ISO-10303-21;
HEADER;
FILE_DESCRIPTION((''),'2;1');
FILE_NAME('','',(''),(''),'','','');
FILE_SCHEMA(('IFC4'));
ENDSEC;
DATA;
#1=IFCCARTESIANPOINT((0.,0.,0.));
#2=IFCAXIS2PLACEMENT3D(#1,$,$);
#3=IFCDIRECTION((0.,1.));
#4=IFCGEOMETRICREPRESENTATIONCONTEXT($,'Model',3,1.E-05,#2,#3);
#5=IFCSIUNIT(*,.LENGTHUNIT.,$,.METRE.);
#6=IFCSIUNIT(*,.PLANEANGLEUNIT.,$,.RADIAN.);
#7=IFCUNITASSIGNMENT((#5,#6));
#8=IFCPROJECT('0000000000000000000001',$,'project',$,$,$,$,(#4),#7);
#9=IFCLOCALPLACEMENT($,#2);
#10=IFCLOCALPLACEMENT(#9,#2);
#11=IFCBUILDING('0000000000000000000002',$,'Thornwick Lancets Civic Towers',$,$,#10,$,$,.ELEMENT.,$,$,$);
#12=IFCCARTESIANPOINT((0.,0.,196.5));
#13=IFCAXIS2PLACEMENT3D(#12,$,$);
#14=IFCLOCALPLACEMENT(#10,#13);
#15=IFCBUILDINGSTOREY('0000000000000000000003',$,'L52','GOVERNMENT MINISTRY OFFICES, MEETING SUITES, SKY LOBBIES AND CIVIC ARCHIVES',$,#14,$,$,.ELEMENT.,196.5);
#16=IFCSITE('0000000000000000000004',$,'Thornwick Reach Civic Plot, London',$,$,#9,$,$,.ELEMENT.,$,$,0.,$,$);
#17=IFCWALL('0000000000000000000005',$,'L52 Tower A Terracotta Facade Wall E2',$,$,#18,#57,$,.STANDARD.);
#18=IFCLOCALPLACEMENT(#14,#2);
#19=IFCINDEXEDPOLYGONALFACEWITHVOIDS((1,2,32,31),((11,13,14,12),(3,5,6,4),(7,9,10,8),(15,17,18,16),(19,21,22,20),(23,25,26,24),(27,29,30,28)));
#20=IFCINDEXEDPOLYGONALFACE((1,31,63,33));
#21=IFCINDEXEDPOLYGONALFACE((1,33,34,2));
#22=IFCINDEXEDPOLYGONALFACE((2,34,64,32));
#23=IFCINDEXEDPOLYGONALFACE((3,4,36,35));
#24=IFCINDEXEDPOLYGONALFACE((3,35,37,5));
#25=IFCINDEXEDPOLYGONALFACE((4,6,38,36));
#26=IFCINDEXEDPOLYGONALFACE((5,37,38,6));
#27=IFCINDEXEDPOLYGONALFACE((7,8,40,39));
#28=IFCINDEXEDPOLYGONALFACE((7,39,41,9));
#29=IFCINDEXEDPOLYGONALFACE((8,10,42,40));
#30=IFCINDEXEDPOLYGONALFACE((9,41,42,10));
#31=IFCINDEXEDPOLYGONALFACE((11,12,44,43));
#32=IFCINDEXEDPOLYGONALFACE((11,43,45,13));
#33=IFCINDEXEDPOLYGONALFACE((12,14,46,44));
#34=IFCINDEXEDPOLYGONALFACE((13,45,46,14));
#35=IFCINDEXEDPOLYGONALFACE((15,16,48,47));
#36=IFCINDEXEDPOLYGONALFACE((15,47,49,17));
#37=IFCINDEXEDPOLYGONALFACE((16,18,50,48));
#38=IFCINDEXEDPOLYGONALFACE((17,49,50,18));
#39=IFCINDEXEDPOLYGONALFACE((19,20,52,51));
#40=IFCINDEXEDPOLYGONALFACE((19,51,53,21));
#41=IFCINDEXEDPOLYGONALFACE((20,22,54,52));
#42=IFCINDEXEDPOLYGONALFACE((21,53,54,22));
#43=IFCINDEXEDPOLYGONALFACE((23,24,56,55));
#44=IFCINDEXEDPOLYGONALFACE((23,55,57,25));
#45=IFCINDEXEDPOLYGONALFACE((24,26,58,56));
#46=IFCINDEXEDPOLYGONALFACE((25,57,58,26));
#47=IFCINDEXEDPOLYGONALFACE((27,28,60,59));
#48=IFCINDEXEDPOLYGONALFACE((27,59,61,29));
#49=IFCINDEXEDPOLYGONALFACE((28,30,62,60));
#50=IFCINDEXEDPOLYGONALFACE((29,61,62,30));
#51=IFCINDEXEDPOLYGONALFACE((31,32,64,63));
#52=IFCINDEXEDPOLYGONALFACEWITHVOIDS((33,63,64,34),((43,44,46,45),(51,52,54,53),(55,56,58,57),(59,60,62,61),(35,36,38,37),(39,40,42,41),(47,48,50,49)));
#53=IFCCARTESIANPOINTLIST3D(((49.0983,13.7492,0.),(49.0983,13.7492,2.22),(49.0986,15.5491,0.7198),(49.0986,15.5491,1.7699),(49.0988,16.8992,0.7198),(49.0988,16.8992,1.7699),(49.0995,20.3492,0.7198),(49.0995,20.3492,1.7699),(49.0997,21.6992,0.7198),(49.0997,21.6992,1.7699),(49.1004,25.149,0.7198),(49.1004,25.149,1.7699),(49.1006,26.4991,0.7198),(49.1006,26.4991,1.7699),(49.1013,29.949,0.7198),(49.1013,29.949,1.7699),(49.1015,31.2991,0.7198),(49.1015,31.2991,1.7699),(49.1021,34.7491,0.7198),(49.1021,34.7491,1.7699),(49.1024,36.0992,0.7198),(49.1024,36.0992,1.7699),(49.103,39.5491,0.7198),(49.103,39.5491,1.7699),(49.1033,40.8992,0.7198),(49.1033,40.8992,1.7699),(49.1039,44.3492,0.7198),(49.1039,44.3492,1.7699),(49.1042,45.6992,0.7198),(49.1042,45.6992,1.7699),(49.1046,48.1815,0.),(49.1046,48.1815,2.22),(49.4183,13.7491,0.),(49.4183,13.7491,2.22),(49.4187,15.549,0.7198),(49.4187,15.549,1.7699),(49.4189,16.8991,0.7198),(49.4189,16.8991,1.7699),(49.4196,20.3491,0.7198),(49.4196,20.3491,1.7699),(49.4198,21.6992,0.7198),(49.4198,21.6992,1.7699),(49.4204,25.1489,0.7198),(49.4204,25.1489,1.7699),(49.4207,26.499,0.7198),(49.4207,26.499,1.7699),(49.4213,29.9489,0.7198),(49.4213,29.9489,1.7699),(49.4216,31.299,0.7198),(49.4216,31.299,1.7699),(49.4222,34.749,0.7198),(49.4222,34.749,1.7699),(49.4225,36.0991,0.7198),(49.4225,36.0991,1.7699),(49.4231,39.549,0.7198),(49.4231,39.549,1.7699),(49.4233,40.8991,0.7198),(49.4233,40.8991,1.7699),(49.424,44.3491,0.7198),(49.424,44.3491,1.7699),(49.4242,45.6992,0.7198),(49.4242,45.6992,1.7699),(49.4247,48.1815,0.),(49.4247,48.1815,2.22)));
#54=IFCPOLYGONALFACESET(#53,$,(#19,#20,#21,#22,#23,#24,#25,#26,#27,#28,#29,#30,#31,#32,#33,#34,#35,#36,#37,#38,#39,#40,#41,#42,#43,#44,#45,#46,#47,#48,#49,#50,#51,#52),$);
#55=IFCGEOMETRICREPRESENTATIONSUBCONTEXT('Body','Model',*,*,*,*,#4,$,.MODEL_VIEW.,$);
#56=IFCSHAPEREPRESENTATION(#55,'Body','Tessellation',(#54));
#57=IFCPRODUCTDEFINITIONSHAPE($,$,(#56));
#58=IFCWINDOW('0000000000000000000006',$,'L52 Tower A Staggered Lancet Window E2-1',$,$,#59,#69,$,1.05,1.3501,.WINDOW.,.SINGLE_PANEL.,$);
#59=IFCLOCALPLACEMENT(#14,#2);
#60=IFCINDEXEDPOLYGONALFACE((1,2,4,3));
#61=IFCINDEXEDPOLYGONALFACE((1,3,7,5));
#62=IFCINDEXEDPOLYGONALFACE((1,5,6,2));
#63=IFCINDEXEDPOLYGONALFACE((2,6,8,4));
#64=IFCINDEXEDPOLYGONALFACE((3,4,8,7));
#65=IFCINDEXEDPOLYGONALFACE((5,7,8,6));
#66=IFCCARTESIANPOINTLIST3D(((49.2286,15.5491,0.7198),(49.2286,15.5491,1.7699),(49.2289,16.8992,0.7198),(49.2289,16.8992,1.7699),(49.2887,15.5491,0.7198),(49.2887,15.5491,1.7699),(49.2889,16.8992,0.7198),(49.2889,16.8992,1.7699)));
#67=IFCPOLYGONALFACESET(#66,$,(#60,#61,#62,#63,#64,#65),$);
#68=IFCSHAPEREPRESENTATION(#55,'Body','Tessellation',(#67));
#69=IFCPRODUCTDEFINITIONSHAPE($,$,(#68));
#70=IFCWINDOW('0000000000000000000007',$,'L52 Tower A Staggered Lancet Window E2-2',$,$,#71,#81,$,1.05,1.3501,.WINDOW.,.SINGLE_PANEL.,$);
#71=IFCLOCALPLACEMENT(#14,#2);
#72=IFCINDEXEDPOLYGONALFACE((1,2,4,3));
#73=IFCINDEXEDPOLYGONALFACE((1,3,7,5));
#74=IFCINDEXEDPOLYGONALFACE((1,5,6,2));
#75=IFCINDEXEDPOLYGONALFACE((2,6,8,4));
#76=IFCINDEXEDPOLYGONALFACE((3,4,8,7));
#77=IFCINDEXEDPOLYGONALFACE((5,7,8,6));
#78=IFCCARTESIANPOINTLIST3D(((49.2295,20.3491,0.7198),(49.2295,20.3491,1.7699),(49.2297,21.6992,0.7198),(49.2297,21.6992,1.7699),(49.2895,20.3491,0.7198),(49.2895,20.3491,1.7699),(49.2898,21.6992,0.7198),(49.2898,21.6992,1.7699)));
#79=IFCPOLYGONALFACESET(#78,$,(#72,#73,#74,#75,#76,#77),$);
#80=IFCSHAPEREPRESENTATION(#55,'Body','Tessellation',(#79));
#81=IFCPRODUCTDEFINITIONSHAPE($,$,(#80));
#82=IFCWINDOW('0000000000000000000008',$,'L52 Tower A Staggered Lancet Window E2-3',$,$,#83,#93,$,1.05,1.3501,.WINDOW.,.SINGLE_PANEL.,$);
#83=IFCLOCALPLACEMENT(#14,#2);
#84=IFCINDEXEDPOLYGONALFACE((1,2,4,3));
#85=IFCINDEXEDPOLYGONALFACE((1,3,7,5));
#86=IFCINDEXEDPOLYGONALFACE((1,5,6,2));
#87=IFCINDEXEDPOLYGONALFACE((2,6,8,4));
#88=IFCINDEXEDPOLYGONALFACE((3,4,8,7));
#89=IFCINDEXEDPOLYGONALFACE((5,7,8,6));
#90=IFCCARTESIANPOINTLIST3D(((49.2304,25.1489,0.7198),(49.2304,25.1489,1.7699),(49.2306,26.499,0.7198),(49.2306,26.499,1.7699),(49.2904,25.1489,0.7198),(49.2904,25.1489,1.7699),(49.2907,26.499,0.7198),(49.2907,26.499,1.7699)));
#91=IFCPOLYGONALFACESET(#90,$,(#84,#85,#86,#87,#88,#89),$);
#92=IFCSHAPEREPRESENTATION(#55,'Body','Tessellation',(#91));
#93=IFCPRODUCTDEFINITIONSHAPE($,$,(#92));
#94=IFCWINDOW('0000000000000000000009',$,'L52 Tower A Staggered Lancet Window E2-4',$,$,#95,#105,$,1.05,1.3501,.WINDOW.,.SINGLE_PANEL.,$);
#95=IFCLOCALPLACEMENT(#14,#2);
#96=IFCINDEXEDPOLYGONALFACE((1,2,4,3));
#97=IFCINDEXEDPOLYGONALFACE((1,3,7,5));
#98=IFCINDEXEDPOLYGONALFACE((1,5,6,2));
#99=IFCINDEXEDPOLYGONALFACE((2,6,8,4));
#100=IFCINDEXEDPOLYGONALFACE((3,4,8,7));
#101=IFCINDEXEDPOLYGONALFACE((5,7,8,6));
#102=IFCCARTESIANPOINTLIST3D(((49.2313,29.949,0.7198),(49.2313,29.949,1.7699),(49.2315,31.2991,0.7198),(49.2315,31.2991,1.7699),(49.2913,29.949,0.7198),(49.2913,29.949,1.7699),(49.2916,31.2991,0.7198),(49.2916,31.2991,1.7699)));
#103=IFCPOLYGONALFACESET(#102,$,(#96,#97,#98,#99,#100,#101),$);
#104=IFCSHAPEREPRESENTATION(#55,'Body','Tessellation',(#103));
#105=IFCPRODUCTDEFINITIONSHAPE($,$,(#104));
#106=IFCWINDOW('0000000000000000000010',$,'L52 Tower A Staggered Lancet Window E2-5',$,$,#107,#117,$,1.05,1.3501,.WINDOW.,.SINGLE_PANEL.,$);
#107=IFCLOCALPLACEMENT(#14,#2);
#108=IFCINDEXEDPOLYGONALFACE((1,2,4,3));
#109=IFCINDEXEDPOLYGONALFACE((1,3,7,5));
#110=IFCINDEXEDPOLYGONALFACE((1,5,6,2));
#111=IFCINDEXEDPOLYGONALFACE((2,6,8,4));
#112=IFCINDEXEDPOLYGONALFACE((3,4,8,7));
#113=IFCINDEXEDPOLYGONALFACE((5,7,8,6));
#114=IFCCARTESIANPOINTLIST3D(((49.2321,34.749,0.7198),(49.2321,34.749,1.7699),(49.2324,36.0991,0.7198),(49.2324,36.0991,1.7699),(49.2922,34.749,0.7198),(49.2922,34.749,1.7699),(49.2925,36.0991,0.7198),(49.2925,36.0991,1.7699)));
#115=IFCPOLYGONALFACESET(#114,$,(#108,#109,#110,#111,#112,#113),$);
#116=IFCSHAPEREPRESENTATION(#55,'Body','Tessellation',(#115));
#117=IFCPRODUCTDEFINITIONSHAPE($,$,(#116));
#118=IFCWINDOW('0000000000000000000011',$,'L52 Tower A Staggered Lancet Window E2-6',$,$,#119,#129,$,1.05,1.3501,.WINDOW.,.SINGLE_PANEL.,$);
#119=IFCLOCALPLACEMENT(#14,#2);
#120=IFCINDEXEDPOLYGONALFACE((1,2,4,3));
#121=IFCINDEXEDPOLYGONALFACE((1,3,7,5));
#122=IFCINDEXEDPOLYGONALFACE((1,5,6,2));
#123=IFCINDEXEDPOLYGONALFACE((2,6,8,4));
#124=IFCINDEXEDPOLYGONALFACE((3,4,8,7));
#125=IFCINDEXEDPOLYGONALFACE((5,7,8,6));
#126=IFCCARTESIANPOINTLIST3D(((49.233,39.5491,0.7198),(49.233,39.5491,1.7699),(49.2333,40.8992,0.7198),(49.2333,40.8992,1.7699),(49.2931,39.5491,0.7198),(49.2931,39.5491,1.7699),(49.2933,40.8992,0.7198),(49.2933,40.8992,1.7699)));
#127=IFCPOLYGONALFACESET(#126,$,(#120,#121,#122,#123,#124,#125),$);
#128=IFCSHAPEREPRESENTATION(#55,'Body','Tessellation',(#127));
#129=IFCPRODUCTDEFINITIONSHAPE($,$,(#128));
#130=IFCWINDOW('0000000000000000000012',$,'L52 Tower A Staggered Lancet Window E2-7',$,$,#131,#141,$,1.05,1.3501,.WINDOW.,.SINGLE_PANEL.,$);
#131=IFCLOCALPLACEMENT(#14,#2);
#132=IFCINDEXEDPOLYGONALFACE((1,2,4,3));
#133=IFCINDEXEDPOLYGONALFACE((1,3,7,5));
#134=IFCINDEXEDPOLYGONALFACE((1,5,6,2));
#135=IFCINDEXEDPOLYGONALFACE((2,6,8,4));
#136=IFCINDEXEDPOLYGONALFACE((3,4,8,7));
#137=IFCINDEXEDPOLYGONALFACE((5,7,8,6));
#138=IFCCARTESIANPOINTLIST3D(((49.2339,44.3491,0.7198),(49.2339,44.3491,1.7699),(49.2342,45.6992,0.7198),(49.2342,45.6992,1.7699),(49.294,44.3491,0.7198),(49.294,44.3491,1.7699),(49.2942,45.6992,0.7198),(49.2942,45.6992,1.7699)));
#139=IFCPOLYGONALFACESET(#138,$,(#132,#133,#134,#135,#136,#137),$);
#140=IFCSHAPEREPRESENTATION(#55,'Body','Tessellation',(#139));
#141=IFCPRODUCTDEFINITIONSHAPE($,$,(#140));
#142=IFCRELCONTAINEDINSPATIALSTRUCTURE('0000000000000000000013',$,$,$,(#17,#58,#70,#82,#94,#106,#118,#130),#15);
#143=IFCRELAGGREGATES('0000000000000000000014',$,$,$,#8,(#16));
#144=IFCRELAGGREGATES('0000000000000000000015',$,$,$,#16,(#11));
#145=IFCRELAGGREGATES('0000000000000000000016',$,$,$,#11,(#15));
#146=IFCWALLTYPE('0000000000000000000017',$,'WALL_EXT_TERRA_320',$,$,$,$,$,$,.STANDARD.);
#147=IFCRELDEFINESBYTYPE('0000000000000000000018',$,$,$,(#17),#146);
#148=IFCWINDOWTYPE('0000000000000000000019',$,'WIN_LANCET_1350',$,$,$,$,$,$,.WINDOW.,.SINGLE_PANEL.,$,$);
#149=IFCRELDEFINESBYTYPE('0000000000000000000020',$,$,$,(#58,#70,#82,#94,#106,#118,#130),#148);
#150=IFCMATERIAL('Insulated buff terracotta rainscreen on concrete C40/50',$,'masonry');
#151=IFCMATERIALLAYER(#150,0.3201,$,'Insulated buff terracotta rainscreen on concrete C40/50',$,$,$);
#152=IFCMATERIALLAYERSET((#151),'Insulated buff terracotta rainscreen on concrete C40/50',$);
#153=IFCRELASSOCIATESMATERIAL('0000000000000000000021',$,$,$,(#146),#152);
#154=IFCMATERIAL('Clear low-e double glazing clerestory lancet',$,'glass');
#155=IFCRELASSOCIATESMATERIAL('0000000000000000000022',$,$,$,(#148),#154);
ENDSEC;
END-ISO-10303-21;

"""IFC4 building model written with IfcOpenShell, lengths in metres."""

from ifc_helpers import new_model, si_unit, direction, frame, frame_2d, origin, place, context, subcontext, project, spatial, rectangle, extrude, material, layer, layer_set, type_object, element, fill, save


model = new_model("IFC4")

# Units and contexts
model_context = context("Model", 3, precision=1e-05, world=origin(), true_north=direction((0.0, 1.0)))
body_context = subcontext(model_context, "Body", "Model", "MODEL_VIEW")
ifc_project = project(units=[si_unit("LENGTHUNIT", "METRE"), si_unit("PLANEANGLEUNIT", "RADIAN")], contexts=[model_context])

# Site, building, storey
site_placement = place(None, origin())
site = spatial("IfcSite", under=ifc_project, at=site_placement, Name="Thornwick Reach Civic Plot, London", CompositionType="ELEMENT", RefElevation=0.0)
building_placement = place(site_placement, origin())
building = spatial("IfcBuilding", under=site, at=building_placement, Name="Thornwick Lancets Civic Towers", CompositionType="ELEMENT")
storey_placement = place(building_placement, frame((0.0, 0.0, 196.5)))
storey = spatial("IfcBuildingStorey", under=building, at=storey_placement, Name="L52", Description="GOVERNMENT MINISTRY OFFICES, MEETING SUITES, SKY LOBBIES AND CIVIC ARCHIVES", CompositionType="ELEMENT", Elevation=196.5)

# Wall, openings, windows
ifc_material_1 = material(Name="Insulated buff terracotta rainscreen on concrete C40/50", Category="masonry")
ifc_layer_1 = layer(ifc_material_1, 0.3201, Name="Insulated buff terracotta rainscreen on concrete C40/50")
ifc_layer_set_1 = layer_set([ifc_layer_1], Name="Insulated buff terracotta rainscreen on concrete C40/50")
wall_type_1 = type_object("IfcWallType", Name="WALL_EXT_TERRA_320", PredefinedType="STANDARD", material=ifc_layer_set_1)
wall_1_placement = place(storey_placement, frame((49.2583, 13.749, 0.0), z_axis=(0.0, 0.0, 1.0), x_axis=(0.000184, 1.0, 0.0)))
wall_1 = element("IfcWall", 1, at=wall_1_placement, inside=storey, type_object=wall_type_1, Name="L52 Tower A Terracotta Facade Wall E2", PredefinedType="STANDARD", context=body_context, shape_type="SweptSolid", body=[
    extrude(rectangle(XDim=34.4324, YDim=0.3201, at=frame_2d((17.2163, 0.0))), origin(), (0.0, 0.0, 1.0), 2.22),
])
opening_1_placement = place(wall_1_placement, frame((1.8, 0.0, 0.72)))
opening_1 = element("IfcOpeningElement", 2, at=opening_1_placement, cuts=wall_1, PredefinedType="OPENING", context=body_context, shape_type="SweptSolid", body=[
    extrude(rectangle(XDim=1.3501, YDim=1.05, at=frame_2d((0.675, 0.5249))), frame((0.0, 0.1699, 0.0), z_axis=(0.0, -1.0, 0.0), x_axis=(1.0, 0.0, 0.0)), (0.0, 0.0, 1.0), 0.3401),
])
opening_2_placement = place(wall_1_placement, frame((6.6001, 0.0, 0.72)))
opening_2 = element("IfcOpeningElement", 3, at=opening_2_placement, cuts=wall_1, PredefinedType="OPENING", context=body_context, shape_type="SweptSolid", body=[
    extrude(rectangle(XDim=1.3501, YDim=1.05, at=frame_2d((0.675, 0.5249))), frame((0.0, 0.1699, 0.0), z_axis=(0.0, -1.0, 0.0), x_axis=(1.0, 0.0, 0.0)), (0.0, 0.0, 1.0), 0.3401),
])
opening_3_placement = place(wall_1_placement, frame((11.3999, 0.0, 0.72)))
opening_3 = element("IfcOpeningElement", 4, at=opening_3_placement, cuts=wall_1, PredefinedType="OPENING", context=body_context, shape_type="SweptSolid", body=[
    extrude(rectangle(XDim=1.3501, YDim=1.05, at=frame_2d((0.675, 0.5249))), frame((0.0, 0.1699, 0.0), z_axis=(0.0, -1.0, 0.0), x_axis=(1.0, 0.0, 0.0)), (0.0, 0.0, 1.0), 0.3401),
])
opening_4_placement = place(wall_1_placement, frame((16.2, 0.0, 0.72)))
opening_4 = element("IfcOpeningElement", 5, at=opening_4_placement, cuts=wall_1, PredefinedType="OPENING", context=body_context, shape_type="SweptSolid", body=[
    extrude(rectangle(XDim=1.3501, YDim=1.05, at=frame_2d((0.675, 0.5249))), frame((0.0, 0.1699, 0.0), z_axis=(0.0, -1.0, 0.0), x_axis=(1.0, 0.0, 0.0)), (0.0, 0.0, 1.0), 0.3401),
])
opening_5_placement = place(wall_1_placement, frame((21.0, 0.0, 0.72)))
opening_5 = element("IfcOpeningElement", 6, at=opening_5_placement, cuts=wall_1, PredefinedType="OPENING", context=body_context, shape_type="SweptSolid", body=[
    extrude(rectangle(XDim=1.3501, YDim=1.05, at=frame_2d((0.675, 0.5249))), frame((0.0, 0.1699, 0.0), z_axis=(0.0, -1.0, 0.0), x_axis=(1.0, 0.0, 0.0)), (0.0, 0.0, 1.0), 0.3401),
])
opening_6_placement = place(wall_1_placement, frame((25.8, 0.0, 0.72)))
opening_6 = element("IfcOpeningElement", 7, at=opening_6_placement, cuts=wall_1, PredefinedType="OPENING", context=body_context, shape_type="SweptSolid", body=[
    extrude(rectangle(XDim=1.3501, YDim=1.05, at=frame_2d((0.675, 0.5249))), frame((0.0, 0.1699, 0.0), z_axis=(0.0, -1.0, 0.0), x_axis=(1.0, 0.0, 0.0)), (0.0, 0.0, 1.0), 0.3401),
])
opening_7_placement = place(wall_1_placement, frame((30.6001, 0.0, 0.72)))
opening_7 = element("IfcOpeningElement", 8, at=opening_7_placement, cuts=wall_1, PredefinedType="OPENING", context=body_context, shape_type="SweptSolid", body=[
    extrude(rectangle(XDim=1.3501, YDim=1.05, at=frame_2d((0.675, 0.5249))), frame((0.0, 0.1699, 0.0), z_axis=(0.0, -1.0, 0.0), x_axis=(1.0, 0.0, 0.0)), (0.0, 0.0, 1.0), 0.3401),
])
ifc_material_2 = material(Name="Clear low-e double glazing clerestory lancet", Category="glass")
window_type = type_object("IfcWindowType", Name="WIN_LANCET_1350", PartitioningType="SINGLE_PANEL", PredefinedType="WINDOW", material=ifc_material_2)
window_1_placement = place(opening_1_placement, origin())
window_1 = element("IfcWindow", 9, at=window_1_placement, inside=storey, type_object=window_type, Name="L52 Tower A Staggered Lancet Window E2-1", OverallHeight=1.05, OverallWidth=1.3501, PartitioningType="SINGLE_PANEL", PredefinedType="WINDOW", context=body_context, shape_type="SweptSolid", body=[
    extrude(rectangle(XDim=1.3501, YDim=1.05, at=frame_2d((0.675, 0.5249))), frame((0.0, 0.03, 0.0), z_axis=(0.0, -1.0, 0.0), x_axis=(1.0, 0.0, 0.0)), (0.0, 0.0, 1.0), 0.0601),
])
fill(opening_1, window_1)
window_2_placement = place(opening_2_placement, origin())
window_2 = element("IfcWindow", 10, at=window_2_placement, inside=storey, type_object=window_type, Name="L52 Tower A Staggered Lancet Window E2-2", OverallHeight=1.05, OverallWidth=1.3501, PartitioningType="SINGLE_PANEL", PredefinedType="WINDOW", context=body_context, shape_type="SweptSolid", body=[
    extrude(rectangle(XDim=1.3501, YDim=1.05, at=frame_2d((0.675, 0.5249))), frame((0.0, 0.03, 0.0), z_axis=(0.0, -1.0, 0.0), x_axis=(1.0, 0.0, 0.0)), (0.0, 0.0, 1.0), 0.0601),
])
fill(opening_2, window_2)
window_3_placement = place(opening_3_placement, origin())
window_3 = element("IfcWindow", 11, at=window_3_placement, inside=storey, type_object=window_type, Name="L52 Tower A Staggered Lancet Window E2-3", OverallHeight=1.05, OverallWidth=1.3501, PartitioningType="SINGLE_PANEL", PredefinedType="WINDOW", context=body_context, shape_type="SweptSolid", body=[
    extrude(rectangle(XDim=1.3501, YDim=1.05, at=frame_2d((0.675, 0.5249))), frame((0.0, 0.03, 0.0), z_axis=(0.0, -1.0, 0.0), x_axis=(1.0, 0.0, 0.0)), (0.0, 0.0, 1.0), 0.0601),
])
fill(opening_3, window_3)
window_4_placement = place(opening_4_placement, origin())
window_4 = element("IfcWindow", 12, at=window_4_placement, inside=storey, type_object=window_type, Name="L52 Tower A Staggered Lancet Window E2-4", OverallHeight=1.05, OverallWidth=1.3501, PartitioningType="SINGLE_PANEL", PredefinedType="WINDOW", context=body_context, shape_type="SweptSolid", body=[
    extrude(rectangle(XDim=1.3501, YDim=1.05, at=frame_2d((0.675, 0.5249))), frame((0.0, 0.03, 0.0), z_axis=(0.0, -1.0, 0.0), x_axis=(1.0, 0.0, 0.0)), (0.0, 0.0, 1.0), 0.0601),
])
fill(opening_4, window_4)
window_5_placement = place(opening_5_placement, origin())
window_5 = element("IfcWindow", 13, at=window_5_placement, inside=storey, type_object=window_type, Name="L52 Tower A Staggered Lancet Window E2-5", OverallHeight=1.05, OverallWidth=1.3501, PartitioningType="SINGLE_PANEL", PredefinedType="WINDOW", context=body_context, shape_type="SweptSolid", body=[
    extrude(rectangle(XDim=1.3501, YDim=1.05, at=frame_2d((0.675, 0.5249))), frame((0.0, 0.03, 0.0), z_axis=(0.0, -1.0, 0.0), x_axis=(1.0, 0.0, 0.0)), (0.0, 0.0, 1.0), 0.0601),
])
fill(opening_5, window_5)
window_6_placement = place(opening_6_placement, origin())
window_6 = element("IfcWindow", 14, at=window_6_placement, inside=storey, type_object=window_type, Name="L52 Tower A Staggered Lancet Window E2-6", OverallHeight=1.05, OverallWidth=1.3501, PartitioningType="SINGLE_PANEL", PredefinedType="WINDOW", context=body_context, shape_type="SweptSolid", body=[
    extrude(rectangle(XDim=1.3501, YDim=1.05, at=frame_2d((0.675, 0.5249))), frame((0.0, 0.03, 0.0), z_axis=(0.0, -1.0, 0.0), x_axis=(1.0, 0.0, 0.0)), (0.0, 0.0, 1.0), 0.0601),
])
fill(opening_6, window_6)
window_7_placement = place(opening_7_placement, origin())
window_7 = element("IfcWindow", 15, at=window_7_placement, inside=storey, type_object=window_type, Name="L52 Tower A Staggered Lancet Window E2-7", OverallHeight=1.05, OverallWidth=1.3501, PartitioningType="SINGLE_PANEL", PredefinedType="WINDOW", context=body_context, shape_type="SweptSolid", body=[
    extrude(rectangle(XDim=1.3501, YDim=1.05, at=frame_2d((0.675, 0.5249))), frame((0.0, 0.03, 0.0), z_axis=(0.0, -1.0, 0.0), x_axis=(1.0, 0.0, 0.0)), (0.0, 0.0, 1.0), 0.0601),
])
fill(opening_7, window_7)

save(model, "model.ifc")
